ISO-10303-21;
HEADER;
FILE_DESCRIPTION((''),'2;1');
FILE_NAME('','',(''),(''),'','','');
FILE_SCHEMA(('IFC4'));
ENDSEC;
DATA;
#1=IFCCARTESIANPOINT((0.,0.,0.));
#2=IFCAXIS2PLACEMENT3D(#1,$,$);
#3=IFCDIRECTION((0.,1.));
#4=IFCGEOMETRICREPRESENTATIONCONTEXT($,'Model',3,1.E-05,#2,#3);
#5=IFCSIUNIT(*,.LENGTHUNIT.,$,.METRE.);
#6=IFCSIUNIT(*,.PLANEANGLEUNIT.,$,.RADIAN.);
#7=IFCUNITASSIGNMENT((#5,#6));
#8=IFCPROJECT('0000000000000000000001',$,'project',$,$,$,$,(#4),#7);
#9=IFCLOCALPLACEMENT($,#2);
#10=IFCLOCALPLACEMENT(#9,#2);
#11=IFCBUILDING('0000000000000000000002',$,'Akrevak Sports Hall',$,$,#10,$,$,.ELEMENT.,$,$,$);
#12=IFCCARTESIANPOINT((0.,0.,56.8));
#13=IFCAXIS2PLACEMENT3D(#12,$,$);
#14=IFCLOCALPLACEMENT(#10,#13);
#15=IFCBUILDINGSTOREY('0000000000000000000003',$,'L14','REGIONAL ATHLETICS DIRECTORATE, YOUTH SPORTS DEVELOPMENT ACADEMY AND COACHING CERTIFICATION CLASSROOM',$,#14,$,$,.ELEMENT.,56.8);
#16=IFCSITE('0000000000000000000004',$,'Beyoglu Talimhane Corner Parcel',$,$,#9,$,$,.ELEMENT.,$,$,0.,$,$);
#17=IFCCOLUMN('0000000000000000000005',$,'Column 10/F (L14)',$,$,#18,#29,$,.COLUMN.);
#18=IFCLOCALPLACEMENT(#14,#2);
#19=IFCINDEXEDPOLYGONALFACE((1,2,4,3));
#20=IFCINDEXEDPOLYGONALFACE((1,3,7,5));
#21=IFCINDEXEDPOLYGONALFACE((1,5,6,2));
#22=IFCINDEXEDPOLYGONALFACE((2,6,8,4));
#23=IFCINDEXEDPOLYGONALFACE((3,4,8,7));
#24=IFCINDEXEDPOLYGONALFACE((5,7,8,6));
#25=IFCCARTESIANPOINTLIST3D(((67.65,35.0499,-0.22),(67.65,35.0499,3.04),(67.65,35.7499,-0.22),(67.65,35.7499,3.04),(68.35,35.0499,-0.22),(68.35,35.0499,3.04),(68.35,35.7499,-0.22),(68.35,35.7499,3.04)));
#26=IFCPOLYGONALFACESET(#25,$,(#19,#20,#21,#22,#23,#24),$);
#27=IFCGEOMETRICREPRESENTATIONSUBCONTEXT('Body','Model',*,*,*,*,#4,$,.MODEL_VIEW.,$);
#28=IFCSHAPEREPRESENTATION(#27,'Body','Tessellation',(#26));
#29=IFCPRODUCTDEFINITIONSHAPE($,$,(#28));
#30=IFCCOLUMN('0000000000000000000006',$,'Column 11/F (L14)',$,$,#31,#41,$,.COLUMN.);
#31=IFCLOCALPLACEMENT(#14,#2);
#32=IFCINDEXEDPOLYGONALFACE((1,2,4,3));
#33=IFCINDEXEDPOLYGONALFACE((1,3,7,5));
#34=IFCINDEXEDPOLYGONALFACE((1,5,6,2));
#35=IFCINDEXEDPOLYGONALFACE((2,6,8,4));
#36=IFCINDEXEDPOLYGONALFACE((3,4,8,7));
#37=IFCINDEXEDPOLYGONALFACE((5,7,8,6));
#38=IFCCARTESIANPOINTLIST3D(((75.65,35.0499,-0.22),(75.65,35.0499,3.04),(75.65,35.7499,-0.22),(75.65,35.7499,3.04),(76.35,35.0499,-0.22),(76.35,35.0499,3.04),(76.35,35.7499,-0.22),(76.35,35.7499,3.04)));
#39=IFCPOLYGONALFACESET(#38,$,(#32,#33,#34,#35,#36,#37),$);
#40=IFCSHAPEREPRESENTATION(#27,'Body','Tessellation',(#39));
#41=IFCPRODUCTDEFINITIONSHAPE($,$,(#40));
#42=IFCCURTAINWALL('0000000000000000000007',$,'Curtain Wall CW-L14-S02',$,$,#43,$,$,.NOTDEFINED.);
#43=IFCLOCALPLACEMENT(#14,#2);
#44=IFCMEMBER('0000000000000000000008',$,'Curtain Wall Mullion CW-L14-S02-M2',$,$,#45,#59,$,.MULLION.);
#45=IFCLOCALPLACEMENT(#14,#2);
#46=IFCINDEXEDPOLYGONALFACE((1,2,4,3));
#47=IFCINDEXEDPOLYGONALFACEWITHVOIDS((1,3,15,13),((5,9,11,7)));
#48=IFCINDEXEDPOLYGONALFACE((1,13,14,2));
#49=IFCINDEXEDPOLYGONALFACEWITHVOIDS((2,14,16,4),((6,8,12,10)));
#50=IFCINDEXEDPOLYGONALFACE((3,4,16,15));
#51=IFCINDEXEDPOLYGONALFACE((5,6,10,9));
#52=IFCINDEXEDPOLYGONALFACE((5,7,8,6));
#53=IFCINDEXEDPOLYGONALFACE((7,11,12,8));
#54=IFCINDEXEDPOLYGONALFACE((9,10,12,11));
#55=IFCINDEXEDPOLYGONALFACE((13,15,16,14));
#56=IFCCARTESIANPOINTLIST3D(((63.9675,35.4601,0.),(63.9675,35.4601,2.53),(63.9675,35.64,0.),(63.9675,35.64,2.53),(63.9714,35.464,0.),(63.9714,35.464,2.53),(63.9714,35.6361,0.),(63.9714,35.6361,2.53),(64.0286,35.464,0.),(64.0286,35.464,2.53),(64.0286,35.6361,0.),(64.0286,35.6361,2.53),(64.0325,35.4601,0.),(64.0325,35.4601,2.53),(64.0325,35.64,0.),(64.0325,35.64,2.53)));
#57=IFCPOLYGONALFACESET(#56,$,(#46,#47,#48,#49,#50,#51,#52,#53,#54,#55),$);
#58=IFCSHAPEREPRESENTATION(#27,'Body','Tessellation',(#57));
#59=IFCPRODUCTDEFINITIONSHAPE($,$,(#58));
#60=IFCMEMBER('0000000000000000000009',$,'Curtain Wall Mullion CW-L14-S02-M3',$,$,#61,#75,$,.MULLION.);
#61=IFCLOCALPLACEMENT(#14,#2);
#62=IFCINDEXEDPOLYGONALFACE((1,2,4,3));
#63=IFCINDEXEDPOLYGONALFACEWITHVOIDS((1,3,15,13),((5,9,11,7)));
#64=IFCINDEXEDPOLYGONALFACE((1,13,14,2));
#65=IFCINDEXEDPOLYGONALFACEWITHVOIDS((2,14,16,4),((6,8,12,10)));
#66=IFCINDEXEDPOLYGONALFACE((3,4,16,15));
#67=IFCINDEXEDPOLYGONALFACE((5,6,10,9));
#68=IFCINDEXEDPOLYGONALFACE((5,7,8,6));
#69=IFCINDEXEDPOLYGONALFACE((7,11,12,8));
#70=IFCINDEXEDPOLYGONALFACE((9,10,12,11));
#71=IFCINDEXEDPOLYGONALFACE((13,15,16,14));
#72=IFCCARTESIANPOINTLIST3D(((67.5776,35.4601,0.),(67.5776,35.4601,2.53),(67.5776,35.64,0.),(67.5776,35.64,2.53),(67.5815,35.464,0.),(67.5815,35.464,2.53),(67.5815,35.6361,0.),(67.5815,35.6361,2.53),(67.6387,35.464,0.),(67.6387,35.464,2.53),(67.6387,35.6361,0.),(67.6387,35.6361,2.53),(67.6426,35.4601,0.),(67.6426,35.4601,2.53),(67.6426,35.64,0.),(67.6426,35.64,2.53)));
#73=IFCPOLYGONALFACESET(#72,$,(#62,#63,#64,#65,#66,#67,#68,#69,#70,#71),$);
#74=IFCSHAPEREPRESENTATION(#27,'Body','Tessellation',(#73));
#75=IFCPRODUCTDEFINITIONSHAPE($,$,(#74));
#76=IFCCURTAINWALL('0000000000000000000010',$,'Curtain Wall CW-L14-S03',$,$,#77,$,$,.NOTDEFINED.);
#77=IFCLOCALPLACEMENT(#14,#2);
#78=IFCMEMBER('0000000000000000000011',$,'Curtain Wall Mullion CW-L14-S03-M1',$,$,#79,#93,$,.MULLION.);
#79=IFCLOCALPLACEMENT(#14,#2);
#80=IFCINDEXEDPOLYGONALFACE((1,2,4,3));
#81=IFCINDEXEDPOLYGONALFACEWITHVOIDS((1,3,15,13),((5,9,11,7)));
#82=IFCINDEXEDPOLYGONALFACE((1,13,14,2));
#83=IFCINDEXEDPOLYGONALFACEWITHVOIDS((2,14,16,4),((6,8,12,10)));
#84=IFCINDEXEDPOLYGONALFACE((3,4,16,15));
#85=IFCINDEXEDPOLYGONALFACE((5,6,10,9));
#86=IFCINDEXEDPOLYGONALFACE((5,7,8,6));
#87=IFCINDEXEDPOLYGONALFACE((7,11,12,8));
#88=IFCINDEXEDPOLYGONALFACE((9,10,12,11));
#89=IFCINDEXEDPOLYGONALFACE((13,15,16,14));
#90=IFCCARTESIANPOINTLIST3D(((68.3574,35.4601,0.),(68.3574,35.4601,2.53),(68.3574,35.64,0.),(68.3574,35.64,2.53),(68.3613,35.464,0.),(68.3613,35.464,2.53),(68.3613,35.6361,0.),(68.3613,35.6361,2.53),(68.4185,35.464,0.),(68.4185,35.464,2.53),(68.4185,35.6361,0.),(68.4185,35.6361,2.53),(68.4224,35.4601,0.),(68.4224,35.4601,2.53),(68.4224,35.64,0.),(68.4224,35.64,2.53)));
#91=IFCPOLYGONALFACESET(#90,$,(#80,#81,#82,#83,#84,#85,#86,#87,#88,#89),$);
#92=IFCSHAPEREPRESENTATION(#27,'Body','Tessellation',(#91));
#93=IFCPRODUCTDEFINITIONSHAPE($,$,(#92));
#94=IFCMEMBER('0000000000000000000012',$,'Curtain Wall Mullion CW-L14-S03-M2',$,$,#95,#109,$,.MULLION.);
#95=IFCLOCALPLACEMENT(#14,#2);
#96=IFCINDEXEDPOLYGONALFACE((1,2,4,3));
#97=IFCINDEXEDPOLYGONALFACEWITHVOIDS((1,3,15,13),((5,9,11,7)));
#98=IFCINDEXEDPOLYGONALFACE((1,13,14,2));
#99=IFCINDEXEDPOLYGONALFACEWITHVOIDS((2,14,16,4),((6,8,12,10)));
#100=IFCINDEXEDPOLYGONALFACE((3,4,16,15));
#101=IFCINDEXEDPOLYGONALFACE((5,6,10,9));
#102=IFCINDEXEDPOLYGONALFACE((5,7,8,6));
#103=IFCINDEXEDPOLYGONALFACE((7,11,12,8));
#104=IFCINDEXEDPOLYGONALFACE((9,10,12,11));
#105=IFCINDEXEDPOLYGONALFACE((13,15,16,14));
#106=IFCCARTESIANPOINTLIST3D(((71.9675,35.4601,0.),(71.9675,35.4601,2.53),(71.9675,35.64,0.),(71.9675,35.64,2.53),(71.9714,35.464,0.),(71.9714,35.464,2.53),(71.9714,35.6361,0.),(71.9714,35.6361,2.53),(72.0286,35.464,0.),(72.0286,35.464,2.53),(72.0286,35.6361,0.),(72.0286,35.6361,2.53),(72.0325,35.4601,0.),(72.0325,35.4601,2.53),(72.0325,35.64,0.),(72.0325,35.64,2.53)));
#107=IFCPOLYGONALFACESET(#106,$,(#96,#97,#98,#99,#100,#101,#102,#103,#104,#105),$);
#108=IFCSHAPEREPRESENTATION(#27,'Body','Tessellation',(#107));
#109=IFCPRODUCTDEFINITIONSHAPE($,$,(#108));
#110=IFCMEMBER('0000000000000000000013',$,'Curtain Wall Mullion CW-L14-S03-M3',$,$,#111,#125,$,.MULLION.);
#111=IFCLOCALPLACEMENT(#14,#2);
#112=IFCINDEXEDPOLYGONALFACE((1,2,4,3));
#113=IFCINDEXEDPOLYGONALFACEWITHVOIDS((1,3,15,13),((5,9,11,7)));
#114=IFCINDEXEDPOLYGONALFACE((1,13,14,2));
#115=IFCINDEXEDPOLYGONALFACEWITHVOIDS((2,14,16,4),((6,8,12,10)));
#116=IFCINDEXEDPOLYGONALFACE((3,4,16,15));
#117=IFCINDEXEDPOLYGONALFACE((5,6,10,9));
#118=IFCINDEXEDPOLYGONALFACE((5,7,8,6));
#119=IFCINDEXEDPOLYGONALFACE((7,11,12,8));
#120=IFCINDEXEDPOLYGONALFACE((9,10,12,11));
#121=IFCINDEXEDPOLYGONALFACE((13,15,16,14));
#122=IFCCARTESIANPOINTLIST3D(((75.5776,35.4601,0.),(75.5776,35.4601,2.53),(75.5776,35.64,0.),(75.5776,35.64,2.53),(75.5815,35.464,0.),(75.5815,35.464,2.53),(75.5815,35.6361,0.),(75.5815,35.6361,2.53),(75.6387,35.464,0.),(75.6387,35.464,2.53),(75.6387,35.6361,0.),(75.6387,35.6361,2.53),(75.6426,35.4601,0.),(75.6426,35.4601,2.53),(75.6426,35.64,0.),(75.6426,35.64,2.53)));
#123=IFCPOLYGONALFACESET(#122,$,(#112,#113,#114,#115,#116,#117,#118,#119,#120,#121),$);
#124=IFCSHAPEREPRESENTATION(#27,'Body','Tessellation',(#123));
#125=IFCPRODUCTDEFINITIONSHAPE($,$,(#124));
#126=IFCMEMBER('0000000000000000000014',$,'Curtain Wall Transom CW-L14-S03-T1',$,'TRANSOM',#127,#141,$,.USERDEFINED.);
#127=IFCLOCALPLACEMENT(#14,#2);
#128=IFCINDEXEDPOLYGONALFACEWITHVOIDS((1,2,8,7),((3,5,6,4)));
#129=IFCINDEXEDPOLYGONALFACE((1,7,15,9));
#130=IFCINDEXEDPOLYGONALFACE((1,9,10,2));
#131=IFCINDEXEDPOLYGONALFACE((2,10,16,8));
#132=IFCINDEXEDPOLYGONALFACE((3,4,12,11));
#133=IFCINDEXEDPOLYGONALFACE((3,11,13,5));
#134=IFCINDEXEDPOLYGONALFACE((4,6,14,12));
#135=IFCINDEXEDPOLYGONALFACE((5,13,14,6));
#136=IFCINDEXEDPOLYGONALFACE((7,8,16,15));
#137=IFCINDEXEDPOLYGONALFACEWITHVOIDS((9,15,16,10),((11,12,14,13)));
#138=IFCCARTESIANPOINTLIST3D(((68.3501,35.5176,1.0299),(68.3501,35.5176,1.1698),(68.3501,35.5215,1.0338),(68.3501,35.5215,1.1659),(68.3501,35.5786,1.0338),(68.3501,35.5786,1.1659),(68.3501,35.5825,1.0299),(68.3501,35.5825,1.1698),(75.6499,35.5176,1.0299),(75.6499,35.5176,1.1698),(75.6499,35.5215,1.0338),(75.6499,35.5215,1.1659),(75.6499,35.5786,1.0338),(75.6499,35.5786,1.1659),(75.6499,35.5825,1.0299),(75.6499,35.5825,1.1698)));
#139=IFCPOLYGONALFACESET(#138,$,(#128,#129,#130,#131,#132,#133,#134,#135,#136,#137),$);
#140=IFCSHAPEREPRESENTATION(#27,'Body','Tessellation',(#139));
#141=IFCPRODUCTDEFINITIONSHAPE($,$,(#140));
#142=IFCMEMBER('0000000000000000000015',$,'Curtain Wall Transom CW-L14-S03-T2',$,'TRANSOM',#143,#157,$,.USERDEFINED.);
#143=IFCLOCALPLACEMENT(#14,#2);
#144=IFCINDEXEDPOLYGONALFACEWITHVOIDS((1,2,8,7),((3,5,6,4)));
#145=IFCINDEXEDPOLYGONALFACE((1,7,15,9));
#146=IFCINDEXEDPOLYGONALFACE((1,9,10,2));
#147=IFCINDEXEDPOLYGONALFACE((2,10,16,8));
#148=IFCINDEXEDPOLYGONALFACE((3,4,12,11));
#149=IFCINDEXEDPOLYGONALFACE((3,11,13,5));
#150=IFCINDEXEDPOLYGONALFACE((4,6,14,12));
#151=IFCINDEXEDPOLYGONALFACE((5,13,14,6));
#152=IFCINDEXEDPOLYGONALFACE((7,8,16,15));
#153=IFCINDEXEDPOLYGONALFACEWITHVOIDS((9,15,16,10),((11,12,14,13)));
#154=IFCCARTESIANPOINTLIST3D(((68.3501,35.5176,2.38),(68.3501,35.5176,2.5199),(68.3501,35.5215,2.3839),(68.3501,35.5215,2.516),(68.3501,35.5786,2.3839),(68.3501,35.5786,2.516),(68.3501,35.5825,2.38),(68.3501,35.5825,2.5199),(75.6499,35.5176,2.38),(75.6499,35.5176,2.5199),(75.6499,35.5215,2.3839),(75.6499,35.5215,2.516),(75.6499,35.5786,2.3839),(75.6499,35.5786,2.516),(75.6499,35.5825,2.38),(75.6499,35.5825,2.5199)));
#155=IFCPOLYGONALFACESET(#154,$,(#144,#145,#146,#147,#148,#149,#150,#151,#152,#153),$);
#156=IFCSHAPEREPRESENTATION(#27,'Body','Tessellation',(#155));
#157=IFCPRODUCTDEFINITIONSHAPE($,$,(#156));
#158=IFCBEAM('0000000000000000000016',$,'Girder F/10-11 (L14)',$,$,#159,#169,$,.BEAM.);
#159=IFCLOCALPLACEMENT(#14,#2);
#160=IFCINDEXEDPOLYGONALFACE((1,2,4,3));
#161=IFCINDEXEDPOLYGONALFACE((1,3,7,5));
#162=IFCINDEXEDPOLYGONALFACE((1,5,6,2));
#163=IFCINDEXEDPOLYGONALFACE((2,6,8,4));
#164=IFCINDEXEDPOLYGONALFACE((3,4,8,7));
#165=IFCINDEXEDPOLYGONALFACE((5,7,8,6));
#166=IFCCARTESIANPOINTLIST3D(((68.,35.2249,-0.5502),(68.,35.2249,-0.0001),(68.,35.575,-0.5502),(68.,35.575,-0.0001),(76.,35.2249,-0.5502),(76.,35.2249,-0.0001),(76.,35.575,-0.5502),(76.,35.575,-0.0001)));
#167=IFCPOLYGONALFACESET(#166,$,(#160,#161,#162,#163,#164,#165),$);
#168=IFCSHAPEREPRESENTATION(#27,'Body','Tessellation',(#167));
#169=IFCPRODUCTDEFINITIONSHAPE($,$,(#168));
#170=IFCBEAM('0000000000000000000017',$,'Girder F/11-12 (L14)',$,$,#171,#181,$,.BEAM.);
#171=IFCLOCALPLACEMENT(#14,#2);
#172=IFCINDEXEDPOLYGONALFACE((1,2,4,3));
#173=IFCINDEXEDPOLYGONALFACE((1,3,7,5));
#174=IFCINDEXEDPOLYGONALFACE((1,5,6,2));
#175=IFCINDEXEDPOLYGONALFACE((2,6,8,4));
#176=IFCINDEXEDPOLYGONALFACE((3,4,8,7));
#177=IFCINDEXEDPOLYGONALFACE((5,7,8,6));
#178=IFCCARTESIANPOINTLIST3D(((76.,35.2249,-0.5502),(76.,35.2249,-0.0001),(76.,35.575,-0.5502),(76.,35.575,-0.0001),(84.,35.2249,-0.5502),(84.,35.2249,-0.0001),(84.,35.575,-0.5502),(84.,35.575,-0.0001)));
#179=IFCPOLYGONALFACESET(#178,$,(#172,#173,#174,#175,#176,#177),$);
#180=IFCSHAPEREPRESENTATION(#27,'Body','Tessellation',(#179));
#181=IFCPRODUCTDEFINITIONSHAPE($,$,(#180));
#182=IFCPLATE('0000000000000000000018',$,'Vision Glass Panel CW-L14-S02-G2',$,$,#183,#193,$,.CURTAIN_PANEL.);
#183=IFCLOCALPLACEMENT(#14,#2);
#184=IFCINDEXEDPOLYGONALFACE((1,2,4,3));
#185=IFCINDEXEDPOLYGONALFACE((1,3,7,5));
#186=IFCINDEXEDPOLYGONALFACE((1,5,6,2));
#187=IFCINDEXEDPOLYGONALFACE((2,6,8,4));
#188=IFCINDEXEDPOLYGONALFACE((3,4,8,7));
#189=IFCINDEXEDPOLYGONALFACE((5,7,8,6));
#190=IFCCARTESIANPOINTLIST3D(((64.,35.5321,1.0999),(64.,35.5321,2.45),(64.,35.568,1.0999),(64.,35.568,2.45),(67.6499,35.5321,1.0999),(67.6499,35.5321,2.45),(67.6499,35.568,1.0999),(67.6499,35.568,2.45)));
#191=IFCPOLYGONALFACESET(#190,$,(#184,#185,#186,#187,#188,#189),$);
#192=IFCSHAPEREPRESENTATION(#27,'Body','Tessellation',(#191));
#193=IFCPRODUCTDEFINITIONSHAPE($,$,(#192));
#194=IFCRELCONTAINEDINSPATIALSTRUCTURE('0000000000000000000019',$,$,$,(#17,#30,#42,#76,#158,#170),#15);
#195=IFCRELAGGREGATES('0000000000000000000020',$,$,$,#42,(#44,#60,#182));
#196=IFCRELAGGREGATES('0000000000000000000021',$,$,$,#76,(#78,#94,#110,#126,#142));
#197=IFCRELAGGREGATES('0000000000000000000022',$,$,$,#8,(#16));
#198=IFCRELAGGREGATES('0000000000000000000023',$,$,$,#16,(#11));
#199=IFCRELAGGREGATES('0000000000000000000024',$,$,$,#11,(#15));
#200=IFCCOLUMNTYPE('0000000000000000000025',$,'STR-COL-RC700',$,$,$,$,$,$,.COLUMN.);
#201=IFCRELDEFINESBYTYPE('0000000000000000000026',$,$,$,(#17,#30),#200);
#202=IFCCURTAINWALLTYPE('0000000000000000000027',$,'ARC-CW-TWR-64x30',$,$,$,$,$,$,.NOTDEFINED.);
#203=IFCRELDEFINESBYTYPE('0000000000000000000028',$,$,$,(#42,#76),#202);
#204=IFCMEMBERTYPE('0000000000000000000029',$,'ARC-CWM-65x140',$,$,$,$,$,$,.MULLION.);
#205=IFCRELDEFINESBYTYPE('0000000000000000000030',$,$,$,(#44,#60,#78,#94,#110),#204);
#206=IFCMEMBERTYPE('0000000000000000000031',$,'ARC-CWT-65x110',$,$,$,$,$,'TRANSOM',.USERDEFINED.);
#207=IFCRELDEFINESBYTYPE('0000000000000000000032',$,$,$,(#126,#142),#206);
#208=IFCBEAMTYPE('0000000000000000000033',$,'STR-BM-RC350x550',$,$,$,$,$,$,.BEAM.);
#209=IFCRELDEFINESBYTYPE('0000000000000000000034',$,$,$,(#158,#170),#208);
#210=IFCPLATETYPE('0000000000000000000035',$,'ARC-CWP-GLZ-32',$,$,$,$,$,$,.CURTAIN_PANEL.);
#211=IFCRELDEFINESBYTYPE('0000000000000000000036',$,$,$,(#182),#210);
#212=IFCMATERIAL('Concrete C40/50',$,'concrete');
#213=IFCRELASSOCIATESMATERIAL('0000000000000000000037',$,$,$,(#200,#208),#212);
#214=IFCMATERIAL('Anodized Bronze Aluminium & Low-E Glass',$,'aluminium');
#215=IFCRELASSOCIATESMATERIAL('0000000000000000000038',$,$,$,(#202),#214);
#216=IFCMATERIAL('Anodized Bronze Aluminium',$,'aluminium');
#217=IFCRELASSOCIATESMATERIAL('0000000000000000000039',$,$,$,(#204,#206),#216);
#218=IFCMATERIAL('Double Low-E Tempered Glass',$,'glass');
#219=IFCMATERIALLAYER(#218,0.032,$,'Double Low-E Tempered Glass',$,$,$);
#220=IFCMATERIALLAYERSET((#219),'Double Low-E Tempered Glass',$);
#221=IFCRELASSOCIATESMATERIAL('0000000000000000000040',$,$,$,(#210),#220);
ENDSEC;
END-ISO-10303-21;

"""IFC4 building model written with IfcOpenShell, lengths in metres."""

from ifc_helpers import new_model, si_unit, direction, frame, origin, origin_2d, place, context, subcontext, project, spatial, rectangle, hollow_rectangle, extrude, material, layer, layer_set, material_profile, profile_set, type_object, element, aggregate, save


model = new_model("IFC4")

# Units and contexts
model_context = context("Model", 3, precision=1e-05, world=origin(), true_north=direction((0.0, 1.0)))
body_context = subcontext(model_context, "Body", "Model", "MODEL_VIEW")
ifc_project = project(units=[si_unit("LENGTHUNIT", "METRE"), si_unit("PLANEANGLEUNIT", "RADIAN")], contexts=[model_context])

# Site, building, storey
site_placement = place(None, origin())
site = spatial("IfcSite", under=ifc_project, at=site_placement, Name="Beyoglu Talimhane Corner Parcel", CompositionType="ELEMENT", RefElevation=0.0)
building_placement = place(site_placement, origin())
building = spatial("IfcBuilding", under=site, at=building_placement, Name="Akrevak Sports Hall", CompositionType="ELEMENT")
storey_placement = place(building_placement, frame((0.0, 0.0, 56.8)))
storey = spatial("IfcBuildingStorey", under=building, at=storey_placement, Name="L14", Description="REGIONAL ATHLETICS DIRECTORATE, YOUTH SPORTS DEVELOPMENT ACADEMY AND COACHING CERTIFICATION CLASSROOM", CompositionType="ELEMENT", Elevation=56.8)

# Columns
ifc_material_1 = material(Name="Concrete C40/50", Category="concrete")
ifc_material_profile_1 = material_profile(ifc_material_1, rectangle(XDim=0.7, YDim=0.7, at=origin_2d()), Name="RC 700x700", Category="concrete")
ifc_profile_set_1 = profile_set([ifc_material_profile_1], Name="Concrete C40/50")
column_type = type_object("IfcColumnType", Name="STR-COL-RC700", PredefinedType="COLUMN", material=ifc_profile_set_1)
for number, where, z_axis, x_axis, name in (
    (1, (68.0, 35.3999, -0.22), (0.0, 0.0, 1.0), (1.0, 0.0, 0.0), "Column 10/F (L14)"),
    (2, (76.0, 35.3999, -0.22), (0.0, 0.0, 1.0), (1.0, 0.0, 0.0), "Column 11/F (L14)"),
):
    element("IfcColumn", number, at=place(storey_placement, frame(where, z_axis=z_axis, x_axis=x_axis)), inside=storey, type_object=column_type, Name=name, PredefinedType="COLUMN", context=body_context, shape_type="SweptSolid", body=[
        extrude(rectangle(XDim=0.7, YDim=0.7, at=origin_2d()), origin(), (0.0, 0.0, 1.0), 3.26),
    ])

# Curtain walls, members
ifc_material_2 = material(Name="Anodized Bronze Aluminium & Low-E Glass", Category="aluminium")
curtain_wall_type = type_object("IfcCurtainWallType", Name="ARC-CW-TWR-64x30", PredefinedType="NOTDEFINED", material=ifc_material_2)
curtain_wall_1_placement = place(storey_placement, origin())
curtain_wall_1 = element("IfcCurtainWall", 3, at=curtain_wall_1_placement, inside=storey, type_object=curtain_wall_type, Name="Curtain Wall CW-L14-S02", PredefinedType="NOTDEFINED")
ifc_material_3 = material(Name="Anodized Bronze Aluminium", Category="aluminium")
ifc_material_profile_2 = material_profile(ifc_material_3, hollow_rectangle(XDim=0.0649, YDim=0.1799, WallThickness=0.0039, at=origin_2d()), Name="CWM 65x180", Category="aluminium")
ifc_profile_set_2 = profile_set([ifc_material_profile_2], Name="Anodized Bronze Aluminium")
member_type_1 = type_object("IfcMemberType", Name="ARC-CWM-65x140", PredefinedType="MULLION", material=ifc_profile_set_2)
member_1_placement = place(storey_placement, frame((64.0, 35.55, 0.0), z_axis=(0.0, 0.0, 1.0), x_axis=(1.0, 0.0, 0.0)))
member_1 = element("IfcMember", 4, at=member_1_placement, type_object=member_type_1, Name="Curtain Wall Mullion CW-L14-S02-M2", PredefinedType="MULLION", context=body_context, shape_type="SweptSolid", body=[
    extrude(hollow_rectangle(XDim=0.0649, YDim=0.1799, WallThickness=0.0039, at=origin_2d()), origin(), (0.0, 0.0, 1.0), 2.53),
])
member_2_placement = place(storey_placement, frame((67.6101, 35.55, 0.0), z_axis=(0.0, 0.0, 1.0), x_axis=(1.0, 0.0, 0.0)))
member_2 = element("IfcMember", 5, at=member_2_placement, type_object=member_type_1, Name="Curtain Wall Mullion CW-L14-S02-M3", PredefinedType="MULLION", context=body_context, shape_type="SweptSolid", body=[
    extrude(hollow_rectangle(XDim=0.0649, YDim=0.1799, WallThickness=0.0039, at=origin_2d()), origin(), (0.0, 0.0, 1.0), 2.53),
])
curtain_wall_2_placement = place(storey_placement, origin())
curtain_wall_2 = element("IfcCurtainWall", 6, at=curtain_wall_2_placement, inside=storey, type_object=curtain_wall_type, Name="Curtain Wall CW-L14-S03", PredefinedType="NOTDEFINED")
member_3_placement = place(storey_placement, frame((68.3899, 35.55, 0.0), z_axis=(0.0, 0.0, 1.0), x_axis=(1.0, 0.0, 0.0)))
member_3 = element("IfcMember", 7, at=member_3_placement, type_object=member_type_1, Name="Curtain Wall Mullion CW-L14-S03-M1", PredefinedType="MULLION", context=body_context, shape_type="SweptSolid", body=[
    extrude(hollow_rectangle(XDim=0.0649, YDim=0.1799, WallThickness=0.0039, at=origin_2d()), origin(), (0.0, 0.0, 1.0), 2.53),
])
member_4_placement = place(storey_placement, frame((72.0, 35.55, 0.0), z_axis=(0.0, 0.0, 1.0), x_axis=(1.0, 0.0, 0.0)))
member_4 = element("IfcMember", 8, at=member_4_placement, type_object=member_type_1, Name="Curtain Wall Mullion CW-L14-S03-M2", PredefinedType="MULLION", context=body_context, shape_type="SweptSolid", body=[
    extrude(hollow_rectangle(XDim=0.0649, YDim=0.1799, WallThickness=0.0039, at=origin_2d()), origin(), (0.0, 0.0, 1.0), 2.53),
])
member_5_placement = place(storey_placement, frame((75.6101, 35.55, 0.0), z_axis=(0.0, 0.0, 1.0), x_axis=(1.0, 0.0, 0.0)))
member_5 = element("IfcMember", 9, at=member_5_placement, type_object=member_type_1, Name="Curtain Wall Mullion CW-L14-S03-M3", PredefinedType="MULLION", context=body_context, shape_type="SweptSolid", body=[
    extrude(hollow_rectangle(XDim=0.0649, YDim=0.1799, WallThickness=0.0039, at=origin_2d()), origin(), (0.0, 0.0, 1.0), 2.53),
])
ifc_material_profile_3 = material_profile(ifc_material_3, hollow_rectangle(XDim=0.0649, YDim=0.1399, WallThickness=0.0039, at=origin_2d()), Name="CWT 65x140", Category="aluminium")
ifc_profile_set_3 = profile_set([ifc_material_profile_3], Name="Anodized Bronze Aluminium")
member_type_2 = type_object("IfcMemberType", Name="ARC-CWT-65x110", ElementType="TRANSOM", PredefinedType="USERDEFINED", material=ifc_profile_set_3)
member_6_placement = place(storey_placement, frame((68.3501, 35.55, 1.0999), z_axis=(1.0, 0.0, 0.0), x_axis=(0.0, 1.0, 0.0)))
member_6 = element("IfcMember", 10, at=member_6_placement, type_object=member_type_2, Name="Curtain Wall Transom CW-L14-S03-T1", ObjectType="TRANSOM", PredefinedType="USERDEFINED", context=body_context, shape_type="SweptSolid", body=[
    extrude(hollow_rectangle(XDim=0.0649, YDim=0.1399, WallThickness=0.0039, at=origin_2d()), origin(), (0.0, 0.0, 1.0), 7.2998),
])
member_7_placement = place(storey_placement, frame((68.3501, 35.55, 2.45), z_axis=(1.0, 0.0, 0.0), x_axis=(0.0, 1.0, 0.0)))
member_7 = element("IfcMember", 11, at=member_7_placement, type_object=member_type_2, Name="Curtain Wall Transom CW-L14-S03-T2", ObjectType="TRANSOM", PredefinedType="USERDEFINED", context=body_context, shape_type="SweptSolid", body=[
    extrude(hollow_rectangle(XDim=0.0649, YDim=0.1399, WallThickness=0.0039, at=origin_2d()), origin(), (0.0, 0.0, 1.0), 7.2998),
])

# Beams
ifc_material_profile_4 = material_profile(ifc_material_1, rectangle(XDim=0.3501, YDim=0.55, at=origin_2d()), Name="BM 350x550", Category="concrete")
ifc_profile_set_4 = profile_set([ifc_material_profile_4], Name="Concrete C40/50")
beam_type = type_object("IfcBeamType", Name="STR-BM-RC350x550", PredefinedType="BEAM", material=ifc_profile_set_4)
for number, where, z_axis, x_axis, name in (
    (12, (68.0, 35.3999, -0.2751), (1.0, 0.0, 0.0), (0.0, 1.0, 0.0), "Girder F/10-11 (L14)"),
    (13, (76.0, 35.3999, -0.2751), (1.0, 0.0, 0.0), (0.0, 1.0, 0.0), "Girder F/11-12 (L14)"),
):
    element("IfcBeam", number, at=place(storey_placement, frame(where, z_axis=z_axis, x_axis=x_axis)), inside=storey, type_object=beam_type, Name=name, PredefinedType="BEAM", context=body_context, shape_type="SweptSolid", body=[
        extrude(rectangle(XDim=0.3501, YDim=0.55, at=origin_2d()), origin(), (0.0, 0.0, 1.0), 8.0),
    ])

# Plate
ifc_material_4 = material(Name="Double Low-E Tempered Glass", Category="glass")
ifc_layer_1 = layer(ifc_material_4, 0.032, Name="Double Low-E Tempered Glass")
ifc_layer_set_1 = layer_set([ifc_layer_1], Name="Double Low-E Tempered Glass")
plate_type_1 = type_object("IfcPlateType", Name="ARC-CWP-GLZ-32", PredefinedType="CURTAIN_PANEL", material=ifc_layer_set_1)
plate_1_placement = place(storey_placement, frame((65.825, 35.55, 1.0999), z_axis=(0.0, 0.0, 1.0), x_axis=(1.0, 0.0, 0.0)))
plate_1 = element("IfcPlate", 14, at=plate_1_placement, type_object=plate_type_1, Name="Vision Glass Panel CW-L14-S02-G2", PredefinedType="CURTAIN_PANEL", context=body_context, shape_type="SweptSolid", body=[
    extrude(rectangle(XDim=3.6499, YDim=0.0359, at=origin_2d()), origin(), (0.0, 0.0, 1.0), 1.3501),
])
aggregate(curtain_wall_1, [member_1, member_2, plate_1])
aggregate(curtain_wall_2, [member_3, member_4, member_5, member_6, member_7])

save(model, "model.ifc")
